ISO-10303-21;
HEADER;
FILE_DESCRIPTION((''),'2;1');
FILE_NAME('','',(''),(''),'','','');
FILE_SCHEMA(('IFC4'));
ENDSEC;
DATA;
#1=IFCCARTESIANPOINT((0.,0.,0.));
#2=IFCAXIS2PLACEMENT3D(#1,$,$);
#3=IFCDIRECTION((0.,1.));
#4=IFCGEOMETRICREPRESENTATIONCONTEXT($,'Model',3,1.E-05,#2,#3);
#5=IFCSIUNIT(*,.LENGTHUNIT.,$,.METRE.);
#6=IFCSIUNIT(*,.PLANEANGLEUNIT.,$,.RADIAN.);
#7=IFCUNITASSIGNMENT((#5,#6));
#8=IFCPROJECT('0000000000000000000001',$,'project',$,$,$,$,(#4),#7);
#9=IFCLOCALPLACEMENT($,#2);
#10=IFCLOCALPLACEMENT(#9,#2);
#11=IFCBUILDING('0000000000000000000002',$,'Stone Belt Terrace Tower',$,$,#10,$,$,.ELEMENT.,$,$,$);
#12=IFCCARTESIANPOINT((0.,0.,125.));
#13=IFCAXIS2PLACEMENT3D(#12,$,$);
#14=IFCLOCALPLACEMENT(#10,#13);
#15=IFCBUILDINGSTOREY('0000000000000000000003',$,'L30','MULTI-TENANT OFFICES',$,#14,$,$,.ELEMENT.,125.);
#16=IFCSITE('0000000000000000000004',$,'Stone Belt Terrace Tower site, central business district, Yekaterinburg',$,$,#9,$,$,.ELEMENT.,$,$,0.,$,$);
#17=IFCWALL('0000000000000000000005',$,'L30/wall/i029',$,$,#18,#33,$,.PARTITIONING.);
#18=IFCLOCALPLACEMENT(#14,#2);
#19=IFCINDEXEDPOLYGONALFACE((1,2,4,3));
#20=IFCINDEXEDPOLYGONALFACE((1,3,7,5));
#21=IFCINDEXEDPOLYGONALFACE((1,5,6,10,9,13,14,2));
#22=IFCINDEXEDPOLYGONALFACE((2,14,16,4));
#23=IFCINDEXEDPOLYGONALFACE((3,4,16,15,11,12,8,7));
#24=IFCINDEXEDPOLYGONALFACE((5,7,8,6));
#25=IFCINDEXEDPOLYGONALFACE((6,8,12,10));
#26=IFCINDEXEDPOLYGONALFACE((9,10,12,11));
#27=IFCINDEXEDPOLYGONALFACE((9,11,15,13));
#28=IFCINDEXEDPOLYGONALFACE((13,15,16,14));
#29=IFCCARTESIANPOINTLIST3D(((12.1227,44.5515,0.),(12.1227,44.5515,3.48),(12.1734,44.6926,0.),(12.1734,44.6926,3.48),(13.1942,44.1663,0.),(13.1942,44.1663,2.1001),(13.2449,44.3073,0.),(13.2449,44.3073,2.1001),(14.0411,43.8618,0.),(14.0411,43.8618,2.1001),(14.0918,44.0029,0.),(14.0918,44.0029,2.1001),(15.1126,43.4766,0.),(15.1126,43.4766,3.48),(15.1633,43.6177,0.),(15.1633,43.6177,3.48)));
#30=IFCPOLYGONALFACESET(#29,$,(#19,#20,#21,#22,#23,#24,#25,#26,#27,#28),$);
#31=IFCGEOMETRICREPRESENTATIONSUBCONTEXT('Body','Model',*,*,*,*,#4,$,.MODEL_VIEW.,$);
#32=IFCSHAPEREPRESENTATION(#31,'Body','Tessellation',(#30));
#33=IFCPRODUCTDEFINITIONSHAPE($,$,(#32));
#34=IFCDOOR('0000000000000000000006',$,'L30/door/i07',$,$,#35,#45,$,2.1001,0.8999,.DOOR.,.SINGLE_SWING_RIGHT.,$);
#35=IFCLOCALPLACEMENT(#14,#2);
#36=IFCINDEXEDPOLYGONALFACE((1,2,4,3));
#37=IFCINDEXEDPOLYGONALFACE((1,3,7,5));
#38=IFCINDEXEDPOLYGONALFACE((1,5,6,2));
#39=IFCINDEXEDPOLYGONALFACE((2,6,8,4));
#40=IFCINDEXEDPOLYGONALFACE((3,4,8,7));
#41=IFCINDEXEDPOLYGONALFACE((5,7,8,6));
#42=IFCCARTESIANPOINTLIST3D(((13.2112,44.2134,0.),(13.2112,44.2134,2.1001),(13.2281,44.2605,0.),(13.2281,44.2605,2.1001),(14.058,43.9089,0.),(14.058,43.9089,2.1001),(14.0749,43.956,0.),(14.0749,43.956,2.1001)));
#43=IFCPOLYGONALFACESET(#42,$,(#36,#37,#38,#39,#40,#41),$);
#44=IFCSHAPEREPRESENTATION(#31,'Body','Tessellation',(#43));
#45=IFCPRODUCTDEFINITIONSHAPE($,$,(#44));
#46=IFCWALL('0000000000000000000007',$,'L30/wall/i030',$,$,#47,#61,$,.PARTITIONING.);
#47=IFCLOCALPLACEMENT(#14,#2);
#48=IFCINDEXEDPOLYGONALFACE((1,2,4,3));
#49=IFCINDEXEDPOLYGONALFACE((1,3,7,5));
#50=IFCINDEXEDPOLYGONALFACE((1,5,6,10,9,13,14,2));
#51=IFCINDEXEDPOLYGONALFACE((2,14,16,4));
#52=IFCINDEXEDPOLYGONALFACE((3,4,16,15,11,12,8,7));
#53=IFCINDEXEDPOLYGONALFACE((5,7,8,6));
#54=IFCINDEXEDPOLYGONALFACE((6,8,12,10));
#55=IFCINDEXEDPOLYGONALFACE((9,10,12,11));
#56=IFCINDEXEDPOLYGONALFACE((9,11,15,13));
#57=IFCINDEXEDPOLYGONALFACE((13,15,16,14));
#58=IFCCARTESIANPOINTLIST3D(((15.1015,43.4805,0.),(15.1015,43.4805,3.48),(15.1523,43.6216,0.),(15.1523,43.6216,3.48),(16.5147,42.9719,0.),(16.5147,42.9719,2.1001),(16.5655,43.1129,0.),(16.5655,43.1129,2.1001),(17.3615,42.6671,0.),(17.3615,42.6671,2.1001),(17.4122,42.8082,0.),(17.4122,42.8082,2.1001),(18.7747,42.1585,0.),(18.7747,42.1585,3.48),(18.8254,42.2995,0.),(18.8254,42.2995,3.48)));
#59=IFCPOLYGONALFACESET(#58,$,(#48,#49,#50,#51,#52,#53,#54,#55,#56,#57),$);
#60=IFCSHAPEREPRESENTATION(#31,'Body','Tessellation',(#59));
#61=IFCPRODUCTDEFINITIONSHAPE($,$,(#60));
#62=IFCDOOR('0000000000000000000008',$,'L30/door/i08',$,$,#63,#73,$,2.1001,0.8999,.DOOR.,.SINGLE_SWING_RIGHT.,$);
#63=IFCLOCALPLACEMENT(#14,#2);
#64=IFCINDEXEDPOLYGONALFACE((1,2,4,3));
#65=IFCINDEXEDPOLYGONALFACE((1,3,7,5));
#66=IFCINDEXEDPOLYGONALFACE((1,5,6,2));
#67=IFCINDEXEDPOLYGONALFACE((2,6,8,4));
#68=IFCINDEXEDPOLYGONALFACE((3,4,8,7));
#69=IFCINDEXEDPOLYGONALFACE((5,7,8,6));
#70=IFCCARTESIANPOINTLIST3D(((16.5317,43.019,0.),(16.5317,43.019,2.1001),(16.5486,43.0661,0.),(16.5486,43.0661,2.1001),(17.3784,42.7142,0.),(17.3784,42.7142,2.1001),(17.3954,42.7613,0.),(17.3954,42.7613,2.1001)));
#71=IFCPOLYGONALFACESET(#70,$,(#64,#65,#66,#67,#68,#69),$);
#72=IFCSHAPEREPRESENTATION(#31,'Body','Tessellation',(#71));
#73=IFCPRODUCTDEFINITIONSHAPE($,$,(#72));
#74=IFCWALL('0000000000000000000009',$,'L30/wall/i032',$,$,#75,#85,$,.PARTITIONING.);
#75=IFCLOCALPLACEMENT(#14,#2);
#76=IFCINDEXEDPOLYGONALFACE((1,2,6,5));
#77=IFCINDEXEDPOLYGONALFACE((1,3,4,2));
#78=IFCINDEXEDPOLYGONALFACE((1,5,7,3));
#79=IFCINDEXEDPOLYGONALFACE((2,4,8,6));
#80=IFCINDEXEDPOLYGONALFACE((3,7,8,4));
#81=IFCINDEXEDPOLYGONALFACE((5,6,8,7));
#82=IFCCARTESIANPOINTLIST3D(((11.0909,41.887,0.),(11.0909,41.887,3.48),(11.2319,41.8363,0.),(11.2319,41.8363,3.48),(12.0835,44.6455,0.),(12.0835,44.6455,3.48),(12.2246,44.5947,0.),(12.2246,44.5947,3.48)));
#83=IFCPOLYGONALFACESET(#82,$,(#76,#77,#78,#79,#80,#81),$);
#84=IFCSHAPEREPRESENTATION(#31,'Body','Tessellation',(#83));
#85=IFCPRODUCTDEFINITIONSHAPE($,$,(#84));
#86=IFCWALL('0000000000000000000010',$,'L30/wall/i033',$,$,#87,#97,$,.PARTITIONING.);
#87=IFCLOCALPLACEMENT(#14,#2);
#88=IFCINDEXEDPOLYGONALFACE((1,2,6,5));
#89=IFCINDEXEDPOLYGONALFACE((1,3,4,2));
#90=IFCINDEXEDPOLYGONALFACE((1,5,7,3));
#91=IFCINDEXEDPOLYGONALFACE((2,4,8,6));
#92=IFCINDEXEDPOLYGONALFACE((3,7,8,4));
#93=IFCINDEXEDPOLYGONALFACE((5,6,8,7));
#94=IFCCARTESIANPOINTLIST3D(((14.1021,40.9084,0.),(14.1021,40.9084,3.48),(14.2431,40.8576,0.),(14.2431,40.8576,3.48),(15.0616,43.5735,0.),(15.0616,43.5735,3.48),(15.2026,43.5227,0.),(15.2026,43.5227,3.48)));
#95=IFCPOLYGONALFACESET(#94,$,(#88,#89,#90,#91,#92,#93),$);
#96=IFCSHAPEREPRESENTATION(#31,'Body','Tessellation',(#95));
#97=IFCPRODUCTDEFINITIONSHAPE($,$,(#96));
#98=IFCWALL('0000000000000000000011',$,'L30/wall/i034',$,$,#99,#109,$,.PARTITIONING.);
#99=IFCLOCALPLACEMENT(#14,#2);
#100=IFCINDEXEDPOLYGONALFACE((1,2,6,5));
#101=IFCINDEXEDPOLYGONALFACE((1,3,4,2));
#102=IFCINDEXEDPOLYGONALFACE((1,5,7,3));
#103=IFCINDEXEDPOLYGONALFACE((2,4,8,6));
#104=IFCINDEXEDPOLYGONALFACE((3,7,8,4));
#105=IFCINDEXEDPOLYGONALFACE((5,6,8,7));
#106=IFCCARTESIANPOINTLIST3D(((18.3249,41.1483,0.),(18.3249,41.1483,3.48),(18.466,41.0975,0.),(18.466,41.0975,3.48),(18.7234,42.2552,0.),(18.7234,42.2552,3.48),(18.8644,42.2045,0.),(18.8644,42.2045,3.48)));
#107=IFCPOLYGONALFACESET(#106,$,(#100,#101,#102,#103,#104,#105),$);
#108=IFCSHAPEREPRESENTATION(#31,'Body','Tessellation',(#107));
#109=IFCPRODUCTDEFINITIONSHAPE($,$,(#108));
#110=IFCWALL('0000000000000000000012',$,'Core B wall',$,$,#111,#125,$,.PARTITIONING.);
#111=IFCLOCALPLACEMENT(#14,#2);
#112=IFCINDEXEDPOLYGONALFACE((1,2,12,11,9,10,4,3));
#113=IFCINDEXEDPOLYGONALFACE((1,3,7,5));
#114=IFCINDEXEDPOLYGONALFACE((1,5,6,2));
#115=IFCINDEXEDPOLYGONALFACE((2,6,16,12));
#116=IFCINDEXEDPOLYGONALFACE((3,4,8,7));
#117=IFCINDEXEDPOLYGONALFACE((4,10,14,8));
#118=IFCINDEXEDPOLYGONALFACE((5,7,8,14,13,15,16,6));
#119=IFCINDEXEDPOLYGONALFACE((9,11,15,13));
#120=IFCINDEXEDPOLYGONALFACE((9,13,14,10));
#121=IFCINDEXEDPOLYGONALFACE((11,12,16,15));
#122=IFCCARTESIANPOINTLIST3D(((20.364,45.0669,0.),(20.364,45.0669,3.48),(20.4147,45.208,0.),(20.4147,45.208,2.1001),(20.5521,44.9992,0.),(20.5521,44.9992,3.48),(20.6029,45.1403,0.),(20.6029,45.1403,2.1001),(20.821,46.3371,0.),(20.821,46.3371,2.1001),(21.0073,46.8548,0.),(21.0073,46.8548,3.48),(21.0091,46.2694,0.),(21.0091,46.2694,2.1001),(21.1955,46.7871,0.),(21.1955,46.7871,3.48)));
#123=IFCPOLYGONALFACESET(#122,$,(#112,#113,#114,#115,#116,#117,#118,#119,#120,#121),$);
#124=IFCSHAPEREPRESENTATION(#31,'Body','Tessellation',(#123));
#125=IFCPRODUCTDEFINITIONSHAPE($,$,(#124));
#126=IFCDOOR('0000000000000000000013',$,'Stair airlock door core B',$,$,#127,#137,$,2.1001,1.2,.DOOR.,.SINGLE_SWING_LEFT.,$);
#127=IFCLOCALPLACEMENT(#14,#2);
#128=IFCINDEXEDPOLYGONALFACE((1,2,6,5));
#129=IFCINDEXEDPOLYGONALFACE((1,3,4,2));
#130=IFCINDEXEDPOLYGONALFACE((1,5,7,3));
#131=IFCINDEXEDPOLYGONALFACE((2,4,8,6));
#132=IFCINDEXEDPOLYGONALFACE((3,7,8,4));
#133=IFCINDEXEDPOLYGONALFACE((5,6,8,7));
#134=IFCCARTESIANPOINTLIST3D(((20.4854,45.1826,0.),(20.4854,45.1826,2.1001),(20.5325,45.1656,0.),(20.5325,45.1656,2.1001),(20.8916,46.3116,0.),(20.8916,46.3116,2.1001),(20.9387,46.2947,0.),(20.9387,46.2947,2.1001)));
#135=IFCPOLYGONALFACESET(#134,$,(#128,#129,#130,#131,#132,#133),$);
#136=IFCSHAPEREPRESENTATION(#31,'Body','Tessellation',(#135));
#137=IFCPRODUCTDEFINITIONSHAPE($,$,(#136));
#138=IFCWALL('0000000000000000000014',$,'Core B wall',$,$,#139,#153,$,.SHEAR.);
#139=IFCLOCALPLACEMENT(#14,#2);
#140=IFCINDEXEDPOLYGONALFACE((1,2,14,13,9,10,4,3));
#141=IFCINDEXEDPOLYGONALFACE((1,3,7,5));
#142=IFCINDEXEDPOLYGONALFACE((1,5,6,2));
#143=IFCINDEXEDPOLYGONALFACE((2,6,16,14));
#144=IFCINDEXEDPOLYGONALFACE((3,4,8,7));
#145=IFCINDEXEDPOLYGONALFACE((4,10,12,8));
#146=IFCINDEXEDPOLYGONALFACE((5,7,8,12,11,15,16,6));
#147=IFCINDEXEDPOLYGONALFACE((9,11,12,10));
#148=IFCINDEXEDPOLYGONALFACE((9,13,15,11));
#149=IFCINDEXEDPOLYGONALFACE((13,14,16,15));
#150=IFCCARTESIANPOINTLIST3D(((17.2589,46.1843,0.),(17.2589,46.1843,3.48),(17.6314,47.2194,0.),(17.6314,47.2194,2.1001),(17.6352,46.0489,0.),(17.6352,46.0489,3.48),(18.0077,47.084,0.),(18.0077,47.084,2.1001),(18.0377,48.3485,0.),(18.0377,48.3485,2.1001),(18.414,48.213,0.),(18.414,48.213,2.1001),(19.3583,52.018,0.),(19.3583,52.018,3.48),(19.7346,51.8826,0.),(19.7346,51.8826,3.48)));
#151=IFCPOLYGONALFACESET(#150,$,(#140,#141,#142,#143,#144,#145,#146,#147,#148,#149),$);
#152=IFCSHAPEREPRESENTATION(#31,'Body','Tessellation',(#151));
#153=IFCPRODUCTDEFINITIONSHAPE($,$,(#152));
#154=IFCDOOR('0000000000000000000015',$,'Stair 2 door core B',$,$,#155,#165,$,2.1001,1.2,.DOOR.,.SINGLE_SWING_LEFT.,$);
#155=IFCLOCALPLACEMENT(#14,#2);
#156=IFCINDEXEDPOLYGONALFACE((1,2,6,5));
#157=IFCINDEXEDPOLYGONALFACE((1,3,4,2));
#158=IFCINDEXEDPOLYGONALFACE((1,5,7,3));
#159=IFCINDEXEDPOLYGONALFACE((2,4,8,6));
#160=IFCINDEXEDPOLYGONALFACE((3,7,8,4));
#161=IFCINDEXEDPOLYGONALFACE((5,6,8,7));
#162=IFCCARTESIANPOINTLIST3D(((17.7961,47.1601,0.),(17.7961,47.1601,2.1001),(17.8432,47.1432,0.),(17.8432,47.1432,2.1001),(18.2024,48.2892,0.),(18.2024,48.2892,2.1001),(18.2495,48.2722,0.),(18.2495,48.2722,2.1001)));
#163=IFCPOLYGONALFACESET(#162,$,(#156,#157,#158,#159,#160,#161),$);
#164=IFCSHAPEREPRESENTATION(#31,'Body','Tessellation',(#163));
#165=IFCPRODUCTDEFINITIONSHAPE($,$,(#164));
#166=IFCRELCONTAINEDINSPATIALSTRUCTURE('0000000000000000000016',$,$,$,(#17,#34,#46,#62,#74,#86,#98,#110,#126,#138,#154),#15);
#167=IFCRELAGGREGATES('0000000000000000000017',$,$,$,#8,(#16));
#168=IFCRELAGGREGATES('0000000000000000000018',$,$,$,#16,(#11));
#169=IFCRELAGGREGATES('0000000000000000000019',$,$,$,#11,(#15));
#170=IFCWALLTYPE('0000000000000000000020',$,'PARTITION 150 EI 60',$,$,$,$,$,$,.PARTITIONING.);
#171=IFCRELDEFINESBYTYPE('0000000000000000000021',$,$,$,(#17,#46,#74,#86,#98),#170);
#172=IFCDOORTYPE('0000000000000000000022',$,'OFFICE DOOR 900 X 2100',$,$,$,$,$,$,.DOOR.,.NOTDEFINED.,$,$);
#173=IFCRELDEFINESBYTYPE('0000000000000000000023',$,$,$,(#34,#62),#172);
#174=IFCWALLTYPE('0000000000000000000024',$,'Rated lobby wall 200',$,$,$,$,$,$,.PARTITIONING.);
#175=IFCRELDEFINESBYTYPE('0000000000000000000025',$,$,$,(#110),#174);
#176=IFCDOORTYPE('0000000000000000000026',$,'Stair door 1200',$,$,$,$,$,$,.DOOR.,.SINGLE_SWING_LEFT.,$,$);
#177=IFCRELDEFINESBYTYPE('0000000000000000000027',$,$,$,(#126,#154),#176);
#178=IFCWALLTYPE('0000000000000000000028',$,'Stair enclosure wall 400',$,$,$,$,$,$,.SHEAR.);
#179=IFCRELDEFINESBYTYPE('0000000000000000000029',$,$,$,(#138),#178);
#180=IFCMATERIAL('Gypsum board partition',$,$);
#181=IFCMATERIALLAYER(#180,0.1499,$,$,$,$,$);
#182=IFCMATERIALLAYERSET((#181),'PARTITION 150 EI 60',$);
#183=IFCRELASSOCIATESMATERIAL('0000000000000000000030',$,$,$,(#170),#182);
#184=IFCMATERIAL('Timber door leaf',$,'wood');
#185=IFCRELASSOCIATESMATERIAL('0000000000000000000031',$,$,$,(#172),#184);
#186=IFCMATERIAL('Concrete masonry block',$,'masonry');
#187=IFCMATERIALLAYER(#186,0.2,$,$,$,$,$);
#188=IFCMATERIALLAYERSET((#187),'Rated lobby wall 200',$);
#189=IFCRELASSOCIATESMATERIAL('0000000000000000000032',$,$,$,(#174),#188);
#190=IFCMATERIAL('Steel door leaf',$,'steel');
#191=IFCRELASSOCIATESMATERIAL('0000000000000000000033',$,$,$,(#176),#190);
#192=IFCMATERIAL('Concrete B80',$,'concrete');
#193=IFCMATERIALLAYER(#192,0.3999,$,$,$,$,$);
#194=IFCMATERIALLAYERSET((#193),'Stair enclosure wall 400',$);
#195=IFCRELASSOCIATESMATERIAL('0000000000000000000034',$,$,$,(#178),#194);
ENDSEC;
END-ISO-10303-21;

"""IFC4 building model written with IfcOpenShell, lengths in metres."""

from ifc_helpers import new_model, si_unit, direction, frame, frame_2d, origin, place, context, subcontext, project, spatial, rectangle, extrude, material, layer, layer_set, type_object, element, fill, save


model = new_model("IFC4")

# Units and contexts
model_context = context("Model", 3, precision=1e-05, world=origin(), true_north=direction((0.0, 1.0)))
body_context = subcontext(model_context, "Body", "Model", "MODEL_VIEW")
ifc_project = project(units=[si_unit("LENGTHUNIT", "METRE"), si_unit("PLANEANGLEUNIT", "RADIAN")], contexts=[model_context])

# Site, building, storey
site_placement = place(None, origin())
site = spatial("IfcSite", under=ifc_project, at=site_placement, Name="Stone Belt Terrace Tower site, central business district, Yekaterinburg", CompositionType="ELEMENT", RefElevation=0.0)
building_placement = place(site_placement, origin())
building = spatial("IfcBuilding", under=site, at=building_placement, Name="Stone Belt Terrace Tower", CompositionType="ELEMENT")
storey_placement = place(building_placement, frame((0.0, 0.0, 125.0)))
storey = spatial("IfcBuildingStorey", under=building, at=storey_placement, Name="L30", Description="MULTI-TENANT OFFICES", CompositionType="ELEMENT", Elevation=125.0)

# Shared definitions
ifc_material_1 = material(Name="Concrete B80", Category="concrete")

# Shared definitions
ifc_material_2 = material(Name="Gypsum board partition")
ifc_layer_1 = layer(ifc_material_2, 0.1499)
ifc_layer_set_1 = layer_set([ifc_layer_1], Name="PARTITION 150 EI 60")
wall_type_1 = type_object("IfcWallType", Name="PARTITION 150 EI 60", PredefinedType="PARTITIONING", material=ifc_layer_set_1)

# Walls, openings, doors
ifc_material_3 = material(Name="Timber door leaf", Category="wood")
door_type_1 = type_object("IfcDoorType", Name="OFFICE DOOR 900 X 2100", OperationType="NOTDEFINED", PredefinedType="DOOR", material=ifc_material_3)
wall_1_placement = place(storey_placement, frame((15.1379, 43.5471, 0.0), z_axis=(0.0, 0.0, 1.0), x_axis=(-0.941032, 0.338317, 0.0)))
wall_1 = element("IfcWall", 1, at=wall_1_placement, inside=storey, type_object=wall_type_1, Name="L30/wall/i029", PredefinedType="PARTITIONING", context=body_context, shape_type="SweptSolid", body=[
    extrude(rectangle(XDim=3.1772, YDim=0.1499, at=frame_2d((1.5886, 0.0))), origin(), (0.0, 0.0, 1.0), 3.48),
])
opening_1_placement = place(wall_1_placement, frame((1.1387, 0.0, 0.0)))
opening_1 = element("IfcOpeningElement", 2, at=opening_1_placement, cuts=wall_1, PredefinedType="OPENING", context=body_context, shape_type="SweptSolid", body=[
    extrude(rectangle(XDim=0.8999, YDim=2.1001, at=frame_2d((0.45, 1.05))), frame((0.0, 0.085, 0.0), z_axis=(0.0, -1.0, 0.0), x_axis=(1.0, 0.0, 0.0)), (0.0, 0.0, 1.0), 0.1699),
])
door_1_placement = place(opening_1_placement, origin())
door_1 = element("IfcDoor", 3, at=door_1_placement, inside=storey, type_object=door_type_1, Name="L30/door/i07", OperationType="SINGLE_SWING_RIGHT", OverallHeight=2.1001, OverallWidth=0.8999, PredefinedType="DOOR", context=body_context, shape_type="SweptSolid", body=[
    extrude(rectangle(XDim=0.8999, YDim=2.1001, at=frame_2d((0.45, 1.05))), frame((0.0, 0.0249, 0.0), z_axis=(0.0, -1.0, 0.0), x_axis=(1.0, 0.0, 0.0)), (0.0, 0.0, 1.0), 0.05),
])
fill(opening_1, door_1)
wall_2_placement = place(storey_placement, frame((18.8, 42.229, 0.0), z_axis=(0.0, 0.0, 1.0), x_axis=(-0.940911, 0.338653, 0.0)))
wall_2 = element("IfcWall", 4, at=wall_2_placement, inside=storey, type_object=wall_type_1, Name="L30/wall/i030", PredefinedType="PARTITIONING", context=body_context, shape_type="SweptSolid", body=[
    extrude(rectangle(XDim=3.9038, YDim=0.1499, at=frame_2d((1.9519, 0.0))), origin(), (0.0, 0.0, 1.0), 3.48),
])
opening_2_placement = place(wall_2_placement, frame((1.502, 0.0, 0.0)))
opening_2 = element("IfcOpeningElement", 5, at=opening_2_placement, cuts=wall_2, PredefinedType="OPENING", context=body_context, shape_type="SweptSolid", body=[
    extrude(rectangle(XDim=0.8999, YDim=2.1001, at=frame_2d((0.45, 1.05))), frame((0.0, 0.085, 0.0), z_axis=(0.0, -1.0, 0.0), x_axis=(1.0, 0.0, 0.0)), (0.0, 0.0, 1.0), 0.1699),
])
door_2_placement = place(opening_2_placement, origin())
door_2 = element("IfcDoor", 6, at=door_2_placement, inside=storey, type_object=door_type_1, Name="L30/door/i08", OperationType="SINGLE_SWING_RIGHT", OverallHeight=2.1001, OverallWidth=0.8999, PredefinedType="DOOR", context=body_context, shape_type="SweptSolid", body=[
    extrude(rectangle(XDim=0.8999, YDim=2.1001, at=frame_2d((0.45, 1.05))), frame((0.0, 0.0249, 0.0), z_axis=(0.0, -1.0, 0.0), x_axis=(1.0, 0.0, 0.0)), (0.0, 0.0, 1.0), 0.05),
])
fill(opening_2, door_2)

# Walls
wall_3_placement = place(storey_placement, frame((12.1541, 44.6201, 0.0), z_axis=(0.0, 0.0, 1.0), x_axis=(-0.338599, -0.940931, 0.0)))
element("IfcWall", 7, at=wall_3_placement, inside=storey, type_object=wall_type_1, Name="L30/wall/i032", PredefinedType="PARTITIONING", context=body_context, shape_type="SweptSolid", body=[
    extrude(rectangle(XDim=2.9316, YDim=0.1499, at=frame_2d((1.4658, 0.0))), origin(), (0.0, 0.0, 1.0), 3.48),
])
wall_4_placement = place(storey_placement, frame((15.1321, 43.5481, 0.0), z_axis=(0.0, 0.0, 1.0), x_axis=(-0.338738, -0.940881, 0.0)))
element("IfcWall", 8, at=wall_4_placement, inside=storey, type_object=wall_type_1, Name="L30/wall/i033", PredefinedType="PARTITIONING", context=body_context, shape_type="SweptSolid", body=[
    extrude(rectangle(XDim=2.8325, YDim=0.1499, at=frame_2d((1.4163, 0.0))), origin(), (0.0, 0.0, 1.0), 3.48),
])
wall_5_placement = place(storey_placement, frame((18.7939, 42.23, 0.0), z_axis=(0.0, 0.0, 1.0), x_axis=(-0.338675, -0.940903, 0.0)))
element("IfcWall", 9, at=wall_5_placement, inside=storey, type_object=wall_type_1, Name="L30/wall/i034", PredefinedType="PARTITIONING", context=body_context, shape_type="SweptSolid", body=[
    extrude(rectangle(XDim=1.1765, YDim=0.1499, at=frame_2d((0.5884, 0.0))), origin(), (0.0, 0.0, 1.0), 3.48),
])

# Walls, openings, doors
ifc_material_4 = material(Name="Concrete masonry block", Category="masonry")
ifc_layer_2 = layer(ifc_material_4, 0.2)
ifc_layer_set_2 = layer_set([ifc_layer_2], Name="Rated lobby wall 200")
wall_type_2 = type_object("IfcWallType", Name="Rated lobby wall 200", PredefinedType="PARTITIONING", material=ifc_layer_set_2)
wall_6_placement = place(storey_placement, frame((20.458, 45.033, 0.0), z_axis=(0.0, 0.0, 1.0), x_axis=(0.338574, 0.94094, 0.0)))
wall_6 = element("IfcWall", 10, at=wall_6_placement, inside=storey, type_object=wall_type_2, Name="Core B wall", PredefinedType="PARTITIONING", context=body_context, shape_type="SweptSolid", body=[
    extrude(rectangle(XDim=1.9001, YDim=0.2, at=frame_2d((0.9502, 0.0))), origin(), (0.0, 0.0, 1.0), 3.48),
])
opening_3_placement = place(wall_6_placement, frame((0.1499, 0.0, 0.0)))
opening_3 = element("IfcOpeningElement", 11, at=opening_3_placement, cuts=wall_6, PredefinedType="OPENING", context=body_context, shape_type="SweptSolid", body=[
    extrude(rectangle(XDim=1.2, YDim=2.1001, at=frame_2d((0.6001, 1.05))), frame((0.0, 0.1099, 0.0), z_axis=(0.0, -1.0, 0.0), x_axis=(1.0, 0.0, 0.0)), (0.0, 0.0, 1.0), 0.22),
])
ifc_material_5 = material(Name="Steel door leaf", Category="steel")
door_type_2 = type_object("IfcDoorType", Name="Stair door 1200", OperationType="SINGLE_SWING_LEFT", PredefinedType="DOOR", material=ifc_material_5)
door_3_placement = place(opening_3_placement, origin())
door_3 = element("IfcDoor", 12, at=door_3_placement, inside=storey, type_object=door_type_2, Name="Stair airlock door core B", OperationType="SINGLE_SWING_LEFT", OverallHeight=2.1001, OverallWidth=1.2, PredefinedType="DOOR", context=body_context, shape_type="SweptSolid", body=[
    extrude(rectangle(XDim=1.2, YDim=2.1001, at=frame_2d((0.6001, 1.05))), frame((0.0, 0.0249, 0.0), z_axis=(0.0, -1.0, 0.0), x_axis=(1.0, 0.0, 0.0)), (0.0, 0.0, 1.0), 0.05),
])
fill(opening_3, door_3)
ifc_layer_3 = layer(ifc_material_1, 0.3999)
ifc_layer_set_3 = layer_set([ifc_layer_3], Name="Stair enclosure wall 400")
wall_type_3 = type_object("IfcWallType", Name="Stair enclosure wall 400", PredefinedType="SHEAR", material=ifc_layer_set_3)
wall_7_placement = place(storey_placement, frame((17.447, 46.1165, 0.0), z_axis=(0.0, 0.0, 1.0), x_axis=(0.338608, 0.940928, 0.0)))
wall_7 = element("IfcWall", 13, at=wall_7_placement, inside=storey, type_object=wall_type_3, Name="Core B wall", PredefinedType="SHEAR", context=body_context, shape_type="SweptSolid", body=[
    extrude(rectangle(XDim=6.2, YDim=0.3999, at=frame_2d((3.1001, 0.0))), origin(), (0.0, 0.0, 1.0), 3.48),
])
opening_4_placement = place(wall_7_placement, frame((1.1001, 0.0, 0.0)))
opening_4 = element("IfcOpeningElement", 14, at=opening_4_placement, cuts=wall_7, PredefinedType="OPENING", context=body_context, shape_type="SweptSolid", body=[
    extrude(rectangle(XDim=1.2, YDim=2.1001, at=frame_2d((0.6001, 1.05))), frame((0.0, 0.21, 0.0), z_axis=(0.0, -1.0, 0.0), x_axis=(1.0, 0.0, 0.0)), (0.0, 0.0, 1.0), 0.4199),
])
door_4_placement = place(opening_4_placement, origin())
door_4 = element("IfcDoor", 15, at=door_4_placement, inside=storey, type_object=door_type_2, Name="Stair 2 door core B", OperationType="SINGLE_SWING_LEFT", OverallHeight=2.1001, OverallWidth=1.2, PredefinedType="DOOR", context=body_context, shape_type="SweptSolid", body=[
    extrude(rectangle(XDim=1.2, YDim=2.1001, at=frame_2d((0.6001, 1.05))), frame((0.0, 0.0249, 0.0), z_axis=(0.0, -1.0, 0.0), x_axis=(1.0, 0.0, 0.0)), (0.0, 0.0, 1.0), 0.05),
])
fill(opening_4, door_4)

save(model, "model.ifc")
